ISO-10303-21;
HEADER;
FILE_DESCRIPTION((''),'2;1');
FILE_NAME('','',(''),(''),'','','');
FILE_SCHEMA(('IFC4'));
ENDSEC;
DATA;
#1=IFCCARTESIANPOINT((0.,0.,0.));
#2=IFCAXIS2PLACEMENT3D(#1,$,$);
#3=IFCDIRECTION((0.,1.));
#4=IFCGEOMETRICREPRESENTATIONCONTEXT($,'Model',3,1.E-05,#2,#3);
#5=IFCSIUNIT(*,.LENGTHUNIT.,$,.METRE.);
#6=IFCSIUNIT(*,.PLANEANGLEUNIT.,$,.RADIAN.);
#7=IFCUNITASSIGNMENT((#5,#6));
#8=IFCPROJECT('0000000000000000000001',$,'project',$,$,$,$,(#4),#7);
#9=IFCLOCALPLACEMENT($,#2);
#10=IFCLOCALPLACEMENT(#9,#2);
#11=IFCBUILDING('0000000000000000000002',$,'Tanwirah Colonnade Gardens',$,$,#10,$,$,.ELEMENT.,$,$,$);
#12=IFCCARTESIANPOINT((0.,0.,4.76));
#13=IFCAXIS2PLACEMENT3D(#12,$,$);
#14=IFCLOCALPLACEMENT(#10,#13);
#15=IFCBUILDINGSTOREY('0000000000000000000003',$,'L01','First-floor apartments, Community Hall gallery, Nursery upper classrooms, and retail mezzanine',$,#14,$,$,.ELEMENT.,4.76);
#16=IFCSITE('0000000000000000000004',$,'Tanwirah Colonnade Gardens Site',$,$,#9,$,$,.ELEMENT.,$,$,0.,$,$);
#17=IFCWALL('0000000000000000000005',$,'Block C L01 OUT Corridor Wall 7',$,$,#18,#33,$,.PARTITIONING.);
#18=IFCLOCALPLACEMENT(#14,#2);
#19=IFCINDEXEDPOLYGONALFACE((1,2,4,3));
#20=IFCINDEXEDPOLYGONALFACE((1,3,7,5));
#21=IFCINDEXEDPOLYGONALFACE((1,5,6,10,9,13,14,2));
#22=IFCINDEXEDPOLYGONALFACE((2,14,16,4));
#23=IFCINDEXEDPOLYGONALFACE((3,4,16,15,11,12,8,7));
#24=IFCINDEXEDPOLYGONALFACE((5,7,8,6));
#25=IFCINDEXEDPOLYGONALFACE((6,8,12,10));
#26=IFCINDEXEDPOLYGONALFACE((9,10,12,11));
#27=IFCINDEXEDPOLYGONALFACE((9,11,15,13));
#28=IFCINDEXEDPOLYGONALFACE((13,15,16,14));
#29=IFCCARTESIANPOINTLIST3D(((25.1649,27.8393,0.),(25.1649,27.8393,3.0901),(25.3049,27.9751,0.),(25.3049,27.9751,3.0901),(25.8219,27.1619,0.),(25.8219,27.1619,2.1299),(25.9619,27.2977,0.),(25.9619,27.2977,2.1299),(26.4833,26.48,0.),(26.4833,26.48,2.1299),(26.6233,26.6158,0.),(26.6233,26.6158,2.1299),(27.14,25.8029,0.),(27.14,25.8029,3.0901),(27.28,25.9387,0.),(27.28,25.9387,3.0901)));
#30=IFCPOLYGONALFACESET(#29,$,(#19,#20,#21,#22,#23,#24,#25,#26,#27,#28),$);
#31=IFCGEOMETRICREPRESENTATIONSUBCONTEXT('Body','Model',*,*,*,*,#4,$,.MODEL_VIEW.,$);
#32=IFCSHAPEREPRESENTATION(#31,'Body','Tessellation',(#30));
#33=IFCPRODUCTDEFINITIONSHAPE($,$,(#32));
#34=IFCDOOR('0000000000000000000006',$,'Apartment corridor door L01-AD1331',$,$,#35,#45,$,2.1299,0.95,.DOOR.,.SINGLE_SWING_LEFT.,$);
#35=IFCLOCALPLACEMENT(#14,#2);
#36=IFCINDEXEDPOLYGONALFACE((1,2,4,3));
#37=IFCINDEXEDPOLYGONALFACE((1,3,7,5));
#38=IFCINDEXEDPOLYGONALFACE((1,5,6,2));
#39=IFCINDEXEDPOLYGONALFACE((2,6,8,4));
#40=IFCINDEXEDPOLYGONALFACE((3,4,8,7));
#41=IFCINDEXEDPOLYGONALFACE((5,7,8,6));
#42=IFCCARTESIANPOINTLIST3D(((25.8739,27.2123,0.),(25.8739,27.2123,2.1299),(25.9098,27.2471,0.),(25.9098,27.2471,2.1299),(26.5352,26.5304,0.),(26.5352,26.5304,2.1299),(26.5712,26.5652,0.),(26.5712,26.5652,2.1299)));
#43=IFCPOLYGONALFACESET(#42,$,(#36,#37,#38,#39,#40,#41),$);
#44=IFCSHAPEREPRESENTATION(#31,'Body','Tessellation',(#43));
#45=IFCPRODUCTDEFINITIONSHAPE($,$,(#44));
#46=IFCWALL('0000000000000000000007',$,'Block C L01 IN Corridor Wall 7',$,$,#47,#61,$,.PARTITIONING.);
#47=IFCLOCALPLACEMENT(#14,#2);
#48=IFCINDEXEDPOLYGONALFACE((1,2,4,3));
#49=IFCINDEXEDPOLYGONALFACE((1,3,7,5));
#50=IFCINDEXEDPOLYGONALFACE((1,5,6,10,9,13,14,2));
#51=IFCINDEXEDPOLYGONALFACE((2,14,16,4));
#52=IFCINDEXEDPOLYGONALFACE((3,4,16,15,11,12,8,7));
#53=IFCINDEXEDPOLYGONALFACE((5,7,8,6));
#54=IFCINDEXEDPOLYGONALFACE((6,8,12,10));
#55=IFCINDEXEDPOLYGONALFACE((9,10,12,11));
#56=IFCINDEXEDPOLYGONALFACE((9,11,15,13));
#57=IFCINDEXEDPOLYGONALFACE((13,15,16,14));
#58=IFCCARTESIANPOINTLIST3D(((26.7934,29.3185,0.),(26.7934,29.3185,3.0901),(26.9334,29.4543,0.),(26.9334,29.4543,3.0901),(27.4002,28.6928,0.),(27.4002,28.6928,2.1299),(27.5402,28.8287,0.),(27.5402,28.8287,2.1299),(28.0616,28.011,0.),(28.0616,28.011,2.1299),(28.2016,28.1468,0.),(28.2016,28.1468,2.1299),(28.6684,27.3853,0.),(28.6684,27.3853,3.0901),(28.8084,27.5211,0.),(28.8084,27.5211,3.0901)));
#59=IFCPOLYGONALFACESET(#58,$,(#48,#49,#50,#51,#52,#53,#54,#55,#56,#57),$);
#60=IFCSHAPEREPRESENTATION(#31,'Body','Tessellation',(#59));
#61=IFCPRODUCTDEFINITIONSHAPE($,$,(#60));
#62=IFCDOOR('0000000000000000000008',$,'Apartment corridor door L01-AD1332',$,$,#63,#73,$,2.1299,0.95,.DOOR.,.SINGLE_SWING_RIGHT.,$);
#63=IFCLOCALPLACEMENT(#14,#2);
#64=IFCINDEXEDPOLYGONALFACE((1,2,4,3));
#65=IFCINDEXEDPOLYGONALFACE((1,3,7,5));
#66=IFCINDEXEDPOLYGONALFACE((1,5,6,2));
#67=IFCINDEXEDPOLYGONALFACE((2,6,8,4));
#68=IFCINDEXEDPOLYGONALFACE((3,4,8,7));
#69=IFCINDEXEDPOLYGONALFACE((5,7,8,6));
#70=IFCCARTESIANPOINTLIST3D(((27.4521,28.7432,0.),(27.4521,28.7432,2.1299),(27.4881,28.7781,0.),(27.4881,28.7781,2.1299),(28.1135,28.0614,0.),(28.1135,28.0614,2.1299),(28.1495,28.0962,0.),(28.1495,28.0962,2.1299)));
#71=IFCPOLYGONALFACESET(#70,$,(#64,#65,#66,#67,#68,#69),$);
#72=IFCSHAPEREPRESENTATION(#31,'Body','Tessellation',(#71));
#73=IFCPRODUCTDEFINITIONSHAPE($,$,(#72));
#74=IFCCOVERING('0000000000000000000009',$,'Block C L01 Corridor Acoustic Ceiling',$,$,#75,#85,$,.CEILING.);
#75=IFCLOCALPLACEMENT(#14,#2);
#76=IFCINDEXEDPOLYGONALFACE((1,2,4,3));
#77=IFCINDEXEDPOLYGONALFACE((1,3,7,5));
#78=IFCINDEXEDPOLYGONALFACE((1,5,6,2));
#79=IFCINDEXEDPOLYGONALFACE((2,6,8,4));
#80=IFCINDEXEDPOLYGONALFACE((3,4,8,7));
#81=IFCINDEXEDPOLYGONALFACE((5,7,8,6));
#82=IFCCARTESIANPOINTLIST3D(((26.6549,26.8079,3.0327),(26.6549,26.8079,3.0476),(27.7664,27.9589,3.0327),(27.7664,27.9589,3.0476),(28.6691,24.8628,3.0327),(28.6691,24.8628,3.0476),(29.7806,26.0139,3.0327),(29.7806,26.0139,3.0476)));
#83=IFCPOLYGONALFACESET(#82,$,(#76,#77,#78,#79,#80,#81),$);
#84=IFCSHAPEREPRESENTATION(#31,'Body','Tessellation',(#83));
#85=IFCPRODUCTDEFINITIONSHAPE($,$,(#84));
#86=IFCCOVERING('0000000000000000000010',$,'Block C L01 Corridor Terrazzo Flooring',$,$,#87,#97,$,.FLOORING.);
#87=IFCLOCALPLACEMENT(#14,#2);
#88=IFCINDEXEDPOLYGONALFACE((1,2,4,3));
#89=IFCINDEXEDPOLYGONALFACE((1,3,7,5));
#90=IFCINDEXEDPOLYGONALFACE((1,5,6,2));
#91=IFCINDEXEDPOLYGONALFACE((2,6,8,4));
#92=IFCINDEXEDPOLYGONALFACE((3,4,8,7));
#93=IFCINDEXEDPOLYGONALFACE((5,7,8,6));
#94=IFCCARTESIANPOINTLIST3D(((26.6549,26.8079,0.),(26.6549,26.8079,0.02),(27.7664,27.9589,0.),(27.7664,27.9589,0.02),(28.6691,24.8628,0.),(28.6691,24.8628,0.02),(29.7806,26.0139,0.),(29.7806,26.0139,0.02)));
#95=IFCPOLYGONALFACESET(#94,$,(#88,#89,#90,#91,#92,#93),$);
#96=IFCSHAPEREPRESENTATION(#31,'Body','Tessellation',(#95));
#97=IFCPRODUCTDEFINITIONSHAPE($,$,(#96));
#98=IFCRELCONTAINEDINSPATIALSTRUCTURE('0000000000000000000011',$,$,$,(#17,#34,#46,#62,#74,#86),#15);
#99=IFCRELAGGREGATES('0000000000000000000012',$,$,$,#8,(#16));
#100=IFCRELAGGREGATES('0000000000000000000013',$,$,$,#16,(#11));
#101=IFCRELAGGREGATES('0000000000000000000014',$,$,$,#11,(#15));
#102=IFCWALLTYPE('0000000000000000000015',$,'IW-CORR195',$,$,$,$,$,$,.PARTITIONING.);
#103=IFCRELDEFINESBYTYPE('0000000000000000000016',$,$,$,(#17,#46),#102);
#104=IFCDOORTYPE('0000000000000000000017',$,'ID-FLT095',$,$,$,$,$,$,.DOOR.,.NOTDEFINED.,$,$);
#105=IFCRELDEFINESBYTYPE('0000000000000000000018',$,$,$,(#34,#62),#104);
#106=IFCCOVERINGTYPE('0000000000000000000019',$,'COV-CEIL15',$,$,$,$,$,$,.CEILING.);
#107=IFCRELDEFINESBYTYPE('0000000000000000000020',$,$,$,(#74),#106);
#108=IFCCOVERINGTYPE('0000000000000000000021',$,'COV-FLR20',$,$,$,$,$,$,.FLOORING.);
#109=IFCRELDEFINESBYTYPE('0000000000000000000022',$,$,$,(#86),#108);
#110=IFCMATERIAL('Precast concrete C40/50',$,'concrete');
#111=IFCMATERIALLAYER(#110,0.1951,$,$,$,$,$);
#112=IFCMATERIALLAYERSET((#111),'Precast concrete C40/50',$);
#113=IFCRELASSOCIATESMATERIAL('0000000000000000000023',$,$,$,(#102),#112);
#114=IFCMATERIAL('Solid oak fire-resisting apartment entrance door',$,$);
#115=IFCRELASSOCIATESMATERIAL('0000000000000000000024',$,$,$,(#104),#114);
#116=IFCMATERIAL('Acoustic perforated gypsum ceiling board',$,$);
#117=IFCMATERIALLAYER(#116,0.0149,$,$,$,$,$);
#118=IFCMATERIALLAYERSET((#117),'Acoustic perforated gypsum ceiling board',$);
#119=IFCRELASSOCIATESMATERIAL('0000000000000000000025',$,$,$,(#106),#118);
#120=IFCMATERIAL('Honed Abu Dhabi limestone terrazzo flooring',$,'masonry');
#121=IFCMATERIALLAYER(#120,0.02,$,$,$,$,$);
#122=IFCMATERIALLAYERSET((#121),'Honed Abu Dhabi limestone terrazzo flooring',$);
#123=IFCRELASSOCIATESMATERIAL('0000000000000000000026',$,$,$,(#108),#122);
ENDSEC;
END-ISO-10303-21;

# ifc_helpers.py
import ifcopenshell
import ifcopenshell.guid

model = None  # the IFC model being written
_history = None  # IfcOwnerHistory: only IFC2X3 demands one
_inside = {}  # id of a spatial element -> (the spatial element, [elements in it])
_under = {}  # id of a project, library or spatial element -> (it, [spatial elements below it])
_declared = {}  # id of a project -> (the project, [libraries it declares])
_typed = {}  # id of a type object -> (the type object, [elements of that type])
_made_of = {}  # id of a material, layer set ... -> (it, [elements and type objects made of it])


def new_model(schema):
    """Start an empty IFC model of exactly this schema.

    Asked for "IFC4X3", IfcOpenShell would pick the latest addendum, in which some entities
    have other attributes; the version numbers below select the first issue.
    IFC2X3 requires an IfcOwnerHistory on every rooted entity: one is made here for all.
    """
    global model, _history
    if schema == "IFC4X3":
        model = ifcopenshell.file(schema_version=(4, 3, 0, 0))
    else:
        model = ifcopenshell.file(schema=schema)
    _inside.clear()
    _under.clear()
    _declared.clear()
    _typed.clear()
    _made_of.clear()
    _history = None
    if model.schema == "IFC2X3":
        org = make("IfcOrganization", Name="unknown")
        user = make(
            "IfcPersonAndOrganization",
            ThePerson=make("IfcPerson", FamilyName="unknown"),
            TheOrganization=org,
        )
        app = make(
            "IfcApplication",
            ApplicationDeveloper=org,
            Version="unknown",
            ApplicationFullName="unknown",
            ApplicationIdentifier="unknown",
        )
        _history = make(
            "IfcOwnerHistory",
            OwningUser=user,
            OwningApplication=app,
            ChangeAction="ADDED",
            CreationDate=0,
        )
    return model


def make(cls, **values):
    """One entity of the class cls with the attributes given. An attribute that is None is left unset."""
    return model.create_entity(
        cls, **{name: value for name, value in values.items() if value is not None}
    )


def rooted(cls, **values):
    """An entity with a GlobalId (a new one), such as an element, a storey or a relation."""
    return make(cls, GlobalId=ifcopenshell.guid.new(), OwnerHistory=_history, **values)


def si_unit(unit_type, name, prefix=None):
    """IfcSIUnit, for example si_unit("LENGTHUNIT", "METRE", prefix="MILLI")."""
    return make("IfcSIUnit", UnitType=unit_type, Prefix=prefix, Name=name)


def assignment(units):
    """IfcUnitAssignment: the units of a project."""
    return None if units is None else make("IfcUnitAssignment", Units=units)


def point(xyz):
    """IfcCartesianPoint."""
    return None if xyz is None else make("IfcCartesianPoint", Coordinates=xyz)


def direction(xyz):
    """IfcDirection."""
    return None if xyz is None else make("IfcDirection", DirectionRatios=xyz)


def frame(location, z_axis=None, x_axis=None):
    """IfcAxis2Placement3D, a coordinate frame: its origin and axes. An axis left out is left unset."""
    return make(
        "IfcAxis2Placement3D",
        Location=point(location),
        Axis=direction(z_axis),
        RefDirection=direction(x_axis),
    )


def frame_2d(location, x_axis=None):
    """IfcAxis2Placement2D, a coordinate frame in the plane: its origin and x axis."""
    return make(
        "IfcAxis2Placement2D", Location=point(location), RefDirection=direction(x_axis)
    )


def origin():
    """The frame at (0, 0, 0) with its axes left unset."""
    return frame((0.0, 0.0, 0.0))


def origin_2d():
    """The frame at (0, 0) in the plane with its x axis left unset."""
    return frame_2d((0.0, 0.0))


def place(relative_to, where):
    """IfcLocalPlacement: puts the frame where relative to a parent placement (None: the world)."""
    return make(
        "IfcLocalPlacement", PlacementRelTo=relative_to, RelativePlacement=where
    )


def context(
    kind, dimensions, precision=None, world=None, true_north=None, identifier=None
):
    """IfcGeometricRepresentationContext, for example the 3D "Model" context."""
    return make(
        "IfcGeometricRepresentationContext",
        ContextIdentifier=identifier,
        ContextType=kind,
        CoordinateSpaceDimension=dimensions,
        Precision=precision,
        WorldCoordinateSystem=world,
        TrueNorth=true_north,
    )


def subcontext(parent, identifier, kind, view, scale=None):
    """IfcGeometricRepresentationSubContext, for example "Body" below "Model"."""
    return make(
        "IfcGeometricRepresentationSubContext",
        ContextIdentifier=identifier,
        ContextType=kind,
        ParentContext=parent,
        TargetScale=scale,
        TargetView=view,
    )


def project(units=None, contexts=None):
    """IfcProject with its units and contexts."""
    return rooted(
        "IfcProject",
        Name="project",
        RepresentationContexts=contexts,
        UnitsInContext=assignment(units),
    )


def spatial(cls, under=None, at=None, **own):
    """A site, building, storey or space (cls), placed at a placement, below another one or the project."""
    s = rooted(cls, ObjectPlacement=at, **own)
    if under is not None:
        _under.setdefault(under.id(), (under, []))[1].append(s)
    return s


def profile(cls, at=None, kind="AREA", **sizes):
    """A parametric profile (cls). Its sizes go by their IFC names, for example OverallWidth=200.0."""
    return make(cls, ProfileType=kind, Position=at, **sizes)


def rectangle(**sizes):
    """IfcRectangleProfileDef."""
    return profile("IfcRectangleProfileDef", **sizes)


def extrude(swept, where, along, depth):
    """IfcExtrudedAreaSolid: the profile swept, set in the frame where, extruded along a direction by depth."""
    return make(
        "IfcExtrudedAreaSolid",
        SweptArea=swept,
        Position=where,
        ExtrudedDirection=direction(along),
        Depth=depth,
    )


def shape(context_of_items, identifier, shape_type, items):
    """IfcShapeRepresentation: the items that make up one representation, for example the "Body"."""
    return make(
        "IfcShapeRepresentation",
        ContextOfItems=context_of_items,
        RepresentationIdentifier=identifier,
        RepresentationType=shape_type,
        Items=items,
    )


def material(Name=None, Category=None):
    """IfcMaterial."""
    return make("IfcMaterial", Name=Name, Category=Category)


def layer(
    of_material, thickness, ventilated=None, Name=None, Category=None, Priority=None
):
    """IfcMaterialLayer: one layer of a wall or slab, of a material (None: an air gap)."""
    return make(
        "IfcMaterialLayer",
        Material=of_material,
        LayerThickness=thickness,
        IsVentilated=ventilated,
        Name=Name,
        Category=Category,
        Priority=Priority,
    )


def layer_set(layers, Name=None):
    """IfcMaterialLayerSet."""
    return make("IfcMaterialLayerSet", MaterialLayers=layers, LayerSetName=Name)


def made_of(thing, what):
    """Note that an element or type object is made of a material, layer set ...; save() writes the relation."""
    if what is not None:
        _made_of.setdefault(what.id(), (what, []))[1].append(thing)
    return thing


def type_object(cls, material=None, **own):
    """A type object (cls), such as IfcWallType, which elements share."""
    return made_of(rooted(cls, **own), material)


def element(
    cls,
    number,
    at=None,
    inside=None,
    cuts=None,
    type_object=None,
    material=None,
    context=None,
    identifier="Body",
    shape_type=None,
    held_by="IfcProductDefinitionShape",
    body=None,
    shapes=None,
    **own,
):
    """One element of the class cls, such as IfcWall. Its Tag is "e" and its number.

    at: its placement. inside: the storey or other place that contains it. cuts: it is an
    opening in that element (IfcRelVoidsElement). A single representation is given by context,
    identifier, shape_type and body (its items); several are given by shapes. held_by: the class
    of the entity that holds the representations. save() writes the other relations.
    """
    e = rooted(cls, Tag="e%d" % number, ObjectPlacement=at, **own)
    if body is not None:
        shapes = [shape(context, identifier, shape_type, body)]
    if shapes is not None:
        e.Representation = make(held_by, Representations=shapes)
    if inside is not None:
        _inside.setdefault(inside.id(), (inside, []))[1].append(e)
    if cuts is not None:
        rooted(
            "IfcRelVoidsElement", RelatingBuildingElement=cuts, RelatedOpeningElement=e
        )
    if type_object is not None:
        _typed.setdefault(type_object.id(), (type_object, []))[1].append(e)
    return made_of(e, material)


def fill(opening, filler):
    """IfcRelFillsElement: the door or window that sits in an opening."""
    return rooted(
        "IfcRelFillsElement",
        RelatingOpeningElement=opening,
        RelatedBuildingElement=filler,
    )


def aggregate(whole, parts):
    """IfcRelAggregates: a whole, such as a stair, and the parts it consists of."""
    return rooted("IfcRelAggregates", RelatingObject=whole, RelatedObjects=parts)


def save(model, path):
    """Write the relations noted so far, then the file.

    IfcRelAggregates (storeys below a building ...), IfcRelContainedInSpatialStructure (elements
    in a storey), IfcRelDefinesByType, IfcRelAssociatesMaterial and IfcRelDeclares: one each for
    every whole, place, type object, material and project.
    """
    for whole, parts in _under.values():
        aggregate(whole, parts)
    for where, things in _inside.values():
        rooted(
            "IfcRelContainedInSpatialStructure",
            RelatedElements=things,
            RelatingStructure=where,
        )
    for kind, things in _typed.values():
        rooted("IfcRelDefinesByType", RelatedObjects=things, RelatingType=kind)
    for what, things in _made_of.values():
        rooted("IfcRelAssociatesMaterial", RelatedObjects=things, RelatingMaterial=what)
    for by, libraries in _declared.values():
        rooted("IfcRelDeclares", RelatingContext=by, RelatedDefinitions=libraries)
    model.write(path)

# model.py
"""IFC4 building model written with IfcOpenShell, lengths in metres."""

from ifc_helpers import new_model, si_unit, direction, frame, frame_2d, origin, origin_2d, place, context, subcontext, project, spatial, rectangle, extrude, material, layer, layer_set, type_object, element, fill, save


model = new_model("IFC4")

# Units and contexts
model_context = context("Model", 3, precision=1e-05, world=origin(), true_north=direction((0.0, 1.0)))
body_context = subcontext(model_context, "Body", "Model", "MODEL_VIEW")
ifc_project = project(units=[si_unit("LENGTHUNIT", "METRE"), si_unit("PLANEANGLEUNIT", "RADIAN")], contexts=[model_context])

# Site, building, storey
site_placement = place(None, origin())
site = spatial("IfcSite", under=ifc_project, at=site_placement, Name="Tanwirah Colonnade Gardens Site", CompositionType="ELEMENT", RefElevation=0.0)
building_placement = place(site_placement, origin())
building = spatial("IfcBuilding", under=site, at=building_placement, Name="Tanwirah Colonnade Gardens", CompositionType="ELEMENT")
storey_placement = place(building_placement, frame((0.0, 0.0, 4.76)))
storey = spatial("IfcBuildingStorey", under=building, at=storey_placement, Name="L01", Description="First-floor apartments, Community Hall gallery, Nursery upper classrooms, and retail mezzanine", CompositionType="ELEMENT", Elevation=4.76)

# Shared definitions
ifc_material_1 = material(Name="Precast concrete C40/50", Category="concrete")

# Walls, openings, doors
ifc_layer_1 = layer(ifc_material_1, 0.1951)
ifc_layer_set_1 = layer_set([ifc_layer_1], Name="Precast concrete C40/50")
wall_type = type_object("IfcWallType", Name="IW-CORR195", PredefinedType="PARTITIONING", material=ifc_layer_set_1)
wall_1_placement = place(storey_placement, frame((25.2349, 27.9072, 0.0), z_axis=(0.0, 0.0, 1.0), x_axis=(0.696224, -0.717825, 0.0)))
wall_1 = element("IfcWall", 1, at=wall_1_placement, inside=storey, type_object=wall_type, Name="Block C L01 OUT Corridor Wall 7", PredefinedType="PARTITIONING", context=body_context, shape_type="SweptSolid", body=[
    extrude(rectangle(XDim=2.8369, YDim=0.1951, at=frame_2d((1.4185, 0.0))), origin(), (0.0, 0.0, 1.0), 3.0901),
])
opening_1_placement = place(wall_1_placement, frame((0.9436, 0.0, 0.0)))
opening_1 = element("IfcOpeningElement", 2, at=opening_1_placement, cuts=wall_1, PredefinedType="OPENING", context=body_context, shape_type="SweptSolid", body=[
    extrude(rectangle(XDim=0.95, YDim=2.1299, at=frame_2d((0.4751, 1.0649))), frame((0.0, 0.1074, 0.0), z_axis=(0.0, -1.0, 0.0), x_axis=(1.0, 0.0, 0.0)), (0.0, 0.0, 1.0), 0.2151),
])
ifc_material_2 = material(Name="Solid oak fire-resisting apartment entrance door")
door_type_1 = type_object("IfcDoorType", Name="ID-FLT095", OperationType="NOTDEFINED", PredefinedType="DOOR", material=ifc_material_2)
door_1_placement = place(opening_1_placement, origin())
door_1 = element("IfcDoor", 3, at=door_1_placement, inside=storey, type_object=door_type_1, Name="Apartment corridor door L01-AD1331", OperationType="SINGLE_SWING_LEFT", OverallHeight=2.1299, OverallWidth=0.95, PredefinedType="DOOR", context=body_context, shape_type="SweptSolid", body=[
    extrude(rectangle(XDim=0.95, YDim=2.1299, at=frame_2d((0.4751, 1.0649))), frame((0.0, 0.0249, 0.0), z_axis=(0.0, -1.0, 0.0), x_axis=(1.0, 0.0, 0.0)), (0.0, 0.0, 1.0), 0.05),
])
fill(opening_1, door_1)
wall_2_placement = place(storey_placement, frame((26.8633, 29.3865, 0.0), z_axis=(0.0, 0.0, 1.0), x_axis=(0.696236, -0.717813, 0.0)))
wall_2 = element("IfcWall", 4, at=wall_2_placement, inside=storey, type_object=wall_type, Name="Block C L01 IN Corridor Wall 7", PredefinedType="PARTITIONING", context=body_context, shape_type="SweptSolid", body=[
    extrude(rectangle(XDim=2.6931, YDim=0.1951, at=frame_2d((1.3467, 0.0))), origin(), (0.0, 0.0, 1.0), 3.0901),
])
opening_2_placement = place(wall_2_placement, frame((0.8716, 0.0, 0.0)))
opening_2 = element("IfcOpeningElement", 5, at=opening_2_placement, cuts=wall_2, PredefinedType="OPENING", context=body_context, shape_type="SweptSolid", body=[
    extrude(rectangle(XDim=0.95, YDim=2.1299, at=frame_2d((0.4751, 1.0649))), frame((0.0, 0.1074, 0.0), z_axis=(0.0, -1.0, 0.0), x_axis=(1.0, 0.0, 0.0)), (0.0, 0.0, 1.0), 0.2151),
])
door_2_placement = place(opening_2_placement, origin())
door_2 = element("IfcDoor", 6, at=door_2_placement, inside=storey, type_object=door_type_1, Name="Apartment corridor door L01-AD1332", OperationType="SINGLE_SWING_RIGHT", OverallHeight=2.1299, OverallWidth=0.95, PredefinedType="DOOR", context=body_context, shape_type="SweptSolid", body=[
    extrude(rectangle(XDim=0.95, YDim=2.1299, at=frame_2d((0.4751, 1.0649))), frame((0.0, 0.0249, 0.0), z_axis=(0.0, -1.0, 0.0), x_axis=(1.0, 0.0, 0.0)), (0.0, 0.0, 1.0), 0.05),
])
fill(opening_2, door_2)

# Coverings
ifc_material_3 = material(Name="Acoustic perforated gypsum ceiling board")
ifc_layer_2 = layer(ifc_material_3, 0.0149)
ifc_layer_set_2 = layer_set([ifc_layer_2], Name="Acoustic perforated gypsum ceiling board")
covering_type_1 = type_object("IfcCoveringType", Name="COV-CEIL15", PredefinedType="CEILING", material=ifc_layer_set_2)
covering_1_placement = place(storey_placement, frame((28.2178, 26.4109, 3.0327), z_axis=(0.0, 0.0, 1.0), x_axis=(0.71934, -0.694658, 0.0)))
element("IfcCovering", 7, at=covering_1_placement, inside=storey, type_object=covering_type_1, Name="Block C L01 Corridor Acoustic Ceiling", PredefinedType="CEILING", context=body_context, shape_type="SweptSolid", body=[
    extrude(rectangle(XDim=2.8, YDim=1.6001, at=origin_2d()), origin(), (0.0, 0.0, 1.0), 0.0149),
])
ifc_material_4 = material(Name="Honed Abu Dhabi limestone terrazzo flooring", Category="masonry")
ifc_layer_3 = layer(ifc_material_4, 0.02)
ifc_layer_set_3 = layer_set([ifc_layer_3], Name="Honed Abu Dhabi limestone terrazzo flooring")
covering_type_2 = type_object("IfcCoveringType", Name="COV-FLR20", PredefinedType="FLOORING", material=ifc_layer_set_3)
covering_2_placement = place(storey_placement, frame((28.2178, 26.4109, 0.0), z_axis=(0.0, 0.0, 1.0), x_axis=(0.71934, -0.694658, 0.0)))
element("IfcCovering", 8, at=covering_2_placement, inside=storey, type_object=covering_type_2, Name="Block C L01 Corridor Terrazzo Flooring", PredefinedType="FLOORING", context=body_context, shape_type="SweptSolid", body=[
    extrude(rectangle(XDim=2.8, YDim=1.6001, at=origin_2d()), origin(), (0.0, 0.0, 1.0), 0.02),
])

save(model, "model.ifc")
